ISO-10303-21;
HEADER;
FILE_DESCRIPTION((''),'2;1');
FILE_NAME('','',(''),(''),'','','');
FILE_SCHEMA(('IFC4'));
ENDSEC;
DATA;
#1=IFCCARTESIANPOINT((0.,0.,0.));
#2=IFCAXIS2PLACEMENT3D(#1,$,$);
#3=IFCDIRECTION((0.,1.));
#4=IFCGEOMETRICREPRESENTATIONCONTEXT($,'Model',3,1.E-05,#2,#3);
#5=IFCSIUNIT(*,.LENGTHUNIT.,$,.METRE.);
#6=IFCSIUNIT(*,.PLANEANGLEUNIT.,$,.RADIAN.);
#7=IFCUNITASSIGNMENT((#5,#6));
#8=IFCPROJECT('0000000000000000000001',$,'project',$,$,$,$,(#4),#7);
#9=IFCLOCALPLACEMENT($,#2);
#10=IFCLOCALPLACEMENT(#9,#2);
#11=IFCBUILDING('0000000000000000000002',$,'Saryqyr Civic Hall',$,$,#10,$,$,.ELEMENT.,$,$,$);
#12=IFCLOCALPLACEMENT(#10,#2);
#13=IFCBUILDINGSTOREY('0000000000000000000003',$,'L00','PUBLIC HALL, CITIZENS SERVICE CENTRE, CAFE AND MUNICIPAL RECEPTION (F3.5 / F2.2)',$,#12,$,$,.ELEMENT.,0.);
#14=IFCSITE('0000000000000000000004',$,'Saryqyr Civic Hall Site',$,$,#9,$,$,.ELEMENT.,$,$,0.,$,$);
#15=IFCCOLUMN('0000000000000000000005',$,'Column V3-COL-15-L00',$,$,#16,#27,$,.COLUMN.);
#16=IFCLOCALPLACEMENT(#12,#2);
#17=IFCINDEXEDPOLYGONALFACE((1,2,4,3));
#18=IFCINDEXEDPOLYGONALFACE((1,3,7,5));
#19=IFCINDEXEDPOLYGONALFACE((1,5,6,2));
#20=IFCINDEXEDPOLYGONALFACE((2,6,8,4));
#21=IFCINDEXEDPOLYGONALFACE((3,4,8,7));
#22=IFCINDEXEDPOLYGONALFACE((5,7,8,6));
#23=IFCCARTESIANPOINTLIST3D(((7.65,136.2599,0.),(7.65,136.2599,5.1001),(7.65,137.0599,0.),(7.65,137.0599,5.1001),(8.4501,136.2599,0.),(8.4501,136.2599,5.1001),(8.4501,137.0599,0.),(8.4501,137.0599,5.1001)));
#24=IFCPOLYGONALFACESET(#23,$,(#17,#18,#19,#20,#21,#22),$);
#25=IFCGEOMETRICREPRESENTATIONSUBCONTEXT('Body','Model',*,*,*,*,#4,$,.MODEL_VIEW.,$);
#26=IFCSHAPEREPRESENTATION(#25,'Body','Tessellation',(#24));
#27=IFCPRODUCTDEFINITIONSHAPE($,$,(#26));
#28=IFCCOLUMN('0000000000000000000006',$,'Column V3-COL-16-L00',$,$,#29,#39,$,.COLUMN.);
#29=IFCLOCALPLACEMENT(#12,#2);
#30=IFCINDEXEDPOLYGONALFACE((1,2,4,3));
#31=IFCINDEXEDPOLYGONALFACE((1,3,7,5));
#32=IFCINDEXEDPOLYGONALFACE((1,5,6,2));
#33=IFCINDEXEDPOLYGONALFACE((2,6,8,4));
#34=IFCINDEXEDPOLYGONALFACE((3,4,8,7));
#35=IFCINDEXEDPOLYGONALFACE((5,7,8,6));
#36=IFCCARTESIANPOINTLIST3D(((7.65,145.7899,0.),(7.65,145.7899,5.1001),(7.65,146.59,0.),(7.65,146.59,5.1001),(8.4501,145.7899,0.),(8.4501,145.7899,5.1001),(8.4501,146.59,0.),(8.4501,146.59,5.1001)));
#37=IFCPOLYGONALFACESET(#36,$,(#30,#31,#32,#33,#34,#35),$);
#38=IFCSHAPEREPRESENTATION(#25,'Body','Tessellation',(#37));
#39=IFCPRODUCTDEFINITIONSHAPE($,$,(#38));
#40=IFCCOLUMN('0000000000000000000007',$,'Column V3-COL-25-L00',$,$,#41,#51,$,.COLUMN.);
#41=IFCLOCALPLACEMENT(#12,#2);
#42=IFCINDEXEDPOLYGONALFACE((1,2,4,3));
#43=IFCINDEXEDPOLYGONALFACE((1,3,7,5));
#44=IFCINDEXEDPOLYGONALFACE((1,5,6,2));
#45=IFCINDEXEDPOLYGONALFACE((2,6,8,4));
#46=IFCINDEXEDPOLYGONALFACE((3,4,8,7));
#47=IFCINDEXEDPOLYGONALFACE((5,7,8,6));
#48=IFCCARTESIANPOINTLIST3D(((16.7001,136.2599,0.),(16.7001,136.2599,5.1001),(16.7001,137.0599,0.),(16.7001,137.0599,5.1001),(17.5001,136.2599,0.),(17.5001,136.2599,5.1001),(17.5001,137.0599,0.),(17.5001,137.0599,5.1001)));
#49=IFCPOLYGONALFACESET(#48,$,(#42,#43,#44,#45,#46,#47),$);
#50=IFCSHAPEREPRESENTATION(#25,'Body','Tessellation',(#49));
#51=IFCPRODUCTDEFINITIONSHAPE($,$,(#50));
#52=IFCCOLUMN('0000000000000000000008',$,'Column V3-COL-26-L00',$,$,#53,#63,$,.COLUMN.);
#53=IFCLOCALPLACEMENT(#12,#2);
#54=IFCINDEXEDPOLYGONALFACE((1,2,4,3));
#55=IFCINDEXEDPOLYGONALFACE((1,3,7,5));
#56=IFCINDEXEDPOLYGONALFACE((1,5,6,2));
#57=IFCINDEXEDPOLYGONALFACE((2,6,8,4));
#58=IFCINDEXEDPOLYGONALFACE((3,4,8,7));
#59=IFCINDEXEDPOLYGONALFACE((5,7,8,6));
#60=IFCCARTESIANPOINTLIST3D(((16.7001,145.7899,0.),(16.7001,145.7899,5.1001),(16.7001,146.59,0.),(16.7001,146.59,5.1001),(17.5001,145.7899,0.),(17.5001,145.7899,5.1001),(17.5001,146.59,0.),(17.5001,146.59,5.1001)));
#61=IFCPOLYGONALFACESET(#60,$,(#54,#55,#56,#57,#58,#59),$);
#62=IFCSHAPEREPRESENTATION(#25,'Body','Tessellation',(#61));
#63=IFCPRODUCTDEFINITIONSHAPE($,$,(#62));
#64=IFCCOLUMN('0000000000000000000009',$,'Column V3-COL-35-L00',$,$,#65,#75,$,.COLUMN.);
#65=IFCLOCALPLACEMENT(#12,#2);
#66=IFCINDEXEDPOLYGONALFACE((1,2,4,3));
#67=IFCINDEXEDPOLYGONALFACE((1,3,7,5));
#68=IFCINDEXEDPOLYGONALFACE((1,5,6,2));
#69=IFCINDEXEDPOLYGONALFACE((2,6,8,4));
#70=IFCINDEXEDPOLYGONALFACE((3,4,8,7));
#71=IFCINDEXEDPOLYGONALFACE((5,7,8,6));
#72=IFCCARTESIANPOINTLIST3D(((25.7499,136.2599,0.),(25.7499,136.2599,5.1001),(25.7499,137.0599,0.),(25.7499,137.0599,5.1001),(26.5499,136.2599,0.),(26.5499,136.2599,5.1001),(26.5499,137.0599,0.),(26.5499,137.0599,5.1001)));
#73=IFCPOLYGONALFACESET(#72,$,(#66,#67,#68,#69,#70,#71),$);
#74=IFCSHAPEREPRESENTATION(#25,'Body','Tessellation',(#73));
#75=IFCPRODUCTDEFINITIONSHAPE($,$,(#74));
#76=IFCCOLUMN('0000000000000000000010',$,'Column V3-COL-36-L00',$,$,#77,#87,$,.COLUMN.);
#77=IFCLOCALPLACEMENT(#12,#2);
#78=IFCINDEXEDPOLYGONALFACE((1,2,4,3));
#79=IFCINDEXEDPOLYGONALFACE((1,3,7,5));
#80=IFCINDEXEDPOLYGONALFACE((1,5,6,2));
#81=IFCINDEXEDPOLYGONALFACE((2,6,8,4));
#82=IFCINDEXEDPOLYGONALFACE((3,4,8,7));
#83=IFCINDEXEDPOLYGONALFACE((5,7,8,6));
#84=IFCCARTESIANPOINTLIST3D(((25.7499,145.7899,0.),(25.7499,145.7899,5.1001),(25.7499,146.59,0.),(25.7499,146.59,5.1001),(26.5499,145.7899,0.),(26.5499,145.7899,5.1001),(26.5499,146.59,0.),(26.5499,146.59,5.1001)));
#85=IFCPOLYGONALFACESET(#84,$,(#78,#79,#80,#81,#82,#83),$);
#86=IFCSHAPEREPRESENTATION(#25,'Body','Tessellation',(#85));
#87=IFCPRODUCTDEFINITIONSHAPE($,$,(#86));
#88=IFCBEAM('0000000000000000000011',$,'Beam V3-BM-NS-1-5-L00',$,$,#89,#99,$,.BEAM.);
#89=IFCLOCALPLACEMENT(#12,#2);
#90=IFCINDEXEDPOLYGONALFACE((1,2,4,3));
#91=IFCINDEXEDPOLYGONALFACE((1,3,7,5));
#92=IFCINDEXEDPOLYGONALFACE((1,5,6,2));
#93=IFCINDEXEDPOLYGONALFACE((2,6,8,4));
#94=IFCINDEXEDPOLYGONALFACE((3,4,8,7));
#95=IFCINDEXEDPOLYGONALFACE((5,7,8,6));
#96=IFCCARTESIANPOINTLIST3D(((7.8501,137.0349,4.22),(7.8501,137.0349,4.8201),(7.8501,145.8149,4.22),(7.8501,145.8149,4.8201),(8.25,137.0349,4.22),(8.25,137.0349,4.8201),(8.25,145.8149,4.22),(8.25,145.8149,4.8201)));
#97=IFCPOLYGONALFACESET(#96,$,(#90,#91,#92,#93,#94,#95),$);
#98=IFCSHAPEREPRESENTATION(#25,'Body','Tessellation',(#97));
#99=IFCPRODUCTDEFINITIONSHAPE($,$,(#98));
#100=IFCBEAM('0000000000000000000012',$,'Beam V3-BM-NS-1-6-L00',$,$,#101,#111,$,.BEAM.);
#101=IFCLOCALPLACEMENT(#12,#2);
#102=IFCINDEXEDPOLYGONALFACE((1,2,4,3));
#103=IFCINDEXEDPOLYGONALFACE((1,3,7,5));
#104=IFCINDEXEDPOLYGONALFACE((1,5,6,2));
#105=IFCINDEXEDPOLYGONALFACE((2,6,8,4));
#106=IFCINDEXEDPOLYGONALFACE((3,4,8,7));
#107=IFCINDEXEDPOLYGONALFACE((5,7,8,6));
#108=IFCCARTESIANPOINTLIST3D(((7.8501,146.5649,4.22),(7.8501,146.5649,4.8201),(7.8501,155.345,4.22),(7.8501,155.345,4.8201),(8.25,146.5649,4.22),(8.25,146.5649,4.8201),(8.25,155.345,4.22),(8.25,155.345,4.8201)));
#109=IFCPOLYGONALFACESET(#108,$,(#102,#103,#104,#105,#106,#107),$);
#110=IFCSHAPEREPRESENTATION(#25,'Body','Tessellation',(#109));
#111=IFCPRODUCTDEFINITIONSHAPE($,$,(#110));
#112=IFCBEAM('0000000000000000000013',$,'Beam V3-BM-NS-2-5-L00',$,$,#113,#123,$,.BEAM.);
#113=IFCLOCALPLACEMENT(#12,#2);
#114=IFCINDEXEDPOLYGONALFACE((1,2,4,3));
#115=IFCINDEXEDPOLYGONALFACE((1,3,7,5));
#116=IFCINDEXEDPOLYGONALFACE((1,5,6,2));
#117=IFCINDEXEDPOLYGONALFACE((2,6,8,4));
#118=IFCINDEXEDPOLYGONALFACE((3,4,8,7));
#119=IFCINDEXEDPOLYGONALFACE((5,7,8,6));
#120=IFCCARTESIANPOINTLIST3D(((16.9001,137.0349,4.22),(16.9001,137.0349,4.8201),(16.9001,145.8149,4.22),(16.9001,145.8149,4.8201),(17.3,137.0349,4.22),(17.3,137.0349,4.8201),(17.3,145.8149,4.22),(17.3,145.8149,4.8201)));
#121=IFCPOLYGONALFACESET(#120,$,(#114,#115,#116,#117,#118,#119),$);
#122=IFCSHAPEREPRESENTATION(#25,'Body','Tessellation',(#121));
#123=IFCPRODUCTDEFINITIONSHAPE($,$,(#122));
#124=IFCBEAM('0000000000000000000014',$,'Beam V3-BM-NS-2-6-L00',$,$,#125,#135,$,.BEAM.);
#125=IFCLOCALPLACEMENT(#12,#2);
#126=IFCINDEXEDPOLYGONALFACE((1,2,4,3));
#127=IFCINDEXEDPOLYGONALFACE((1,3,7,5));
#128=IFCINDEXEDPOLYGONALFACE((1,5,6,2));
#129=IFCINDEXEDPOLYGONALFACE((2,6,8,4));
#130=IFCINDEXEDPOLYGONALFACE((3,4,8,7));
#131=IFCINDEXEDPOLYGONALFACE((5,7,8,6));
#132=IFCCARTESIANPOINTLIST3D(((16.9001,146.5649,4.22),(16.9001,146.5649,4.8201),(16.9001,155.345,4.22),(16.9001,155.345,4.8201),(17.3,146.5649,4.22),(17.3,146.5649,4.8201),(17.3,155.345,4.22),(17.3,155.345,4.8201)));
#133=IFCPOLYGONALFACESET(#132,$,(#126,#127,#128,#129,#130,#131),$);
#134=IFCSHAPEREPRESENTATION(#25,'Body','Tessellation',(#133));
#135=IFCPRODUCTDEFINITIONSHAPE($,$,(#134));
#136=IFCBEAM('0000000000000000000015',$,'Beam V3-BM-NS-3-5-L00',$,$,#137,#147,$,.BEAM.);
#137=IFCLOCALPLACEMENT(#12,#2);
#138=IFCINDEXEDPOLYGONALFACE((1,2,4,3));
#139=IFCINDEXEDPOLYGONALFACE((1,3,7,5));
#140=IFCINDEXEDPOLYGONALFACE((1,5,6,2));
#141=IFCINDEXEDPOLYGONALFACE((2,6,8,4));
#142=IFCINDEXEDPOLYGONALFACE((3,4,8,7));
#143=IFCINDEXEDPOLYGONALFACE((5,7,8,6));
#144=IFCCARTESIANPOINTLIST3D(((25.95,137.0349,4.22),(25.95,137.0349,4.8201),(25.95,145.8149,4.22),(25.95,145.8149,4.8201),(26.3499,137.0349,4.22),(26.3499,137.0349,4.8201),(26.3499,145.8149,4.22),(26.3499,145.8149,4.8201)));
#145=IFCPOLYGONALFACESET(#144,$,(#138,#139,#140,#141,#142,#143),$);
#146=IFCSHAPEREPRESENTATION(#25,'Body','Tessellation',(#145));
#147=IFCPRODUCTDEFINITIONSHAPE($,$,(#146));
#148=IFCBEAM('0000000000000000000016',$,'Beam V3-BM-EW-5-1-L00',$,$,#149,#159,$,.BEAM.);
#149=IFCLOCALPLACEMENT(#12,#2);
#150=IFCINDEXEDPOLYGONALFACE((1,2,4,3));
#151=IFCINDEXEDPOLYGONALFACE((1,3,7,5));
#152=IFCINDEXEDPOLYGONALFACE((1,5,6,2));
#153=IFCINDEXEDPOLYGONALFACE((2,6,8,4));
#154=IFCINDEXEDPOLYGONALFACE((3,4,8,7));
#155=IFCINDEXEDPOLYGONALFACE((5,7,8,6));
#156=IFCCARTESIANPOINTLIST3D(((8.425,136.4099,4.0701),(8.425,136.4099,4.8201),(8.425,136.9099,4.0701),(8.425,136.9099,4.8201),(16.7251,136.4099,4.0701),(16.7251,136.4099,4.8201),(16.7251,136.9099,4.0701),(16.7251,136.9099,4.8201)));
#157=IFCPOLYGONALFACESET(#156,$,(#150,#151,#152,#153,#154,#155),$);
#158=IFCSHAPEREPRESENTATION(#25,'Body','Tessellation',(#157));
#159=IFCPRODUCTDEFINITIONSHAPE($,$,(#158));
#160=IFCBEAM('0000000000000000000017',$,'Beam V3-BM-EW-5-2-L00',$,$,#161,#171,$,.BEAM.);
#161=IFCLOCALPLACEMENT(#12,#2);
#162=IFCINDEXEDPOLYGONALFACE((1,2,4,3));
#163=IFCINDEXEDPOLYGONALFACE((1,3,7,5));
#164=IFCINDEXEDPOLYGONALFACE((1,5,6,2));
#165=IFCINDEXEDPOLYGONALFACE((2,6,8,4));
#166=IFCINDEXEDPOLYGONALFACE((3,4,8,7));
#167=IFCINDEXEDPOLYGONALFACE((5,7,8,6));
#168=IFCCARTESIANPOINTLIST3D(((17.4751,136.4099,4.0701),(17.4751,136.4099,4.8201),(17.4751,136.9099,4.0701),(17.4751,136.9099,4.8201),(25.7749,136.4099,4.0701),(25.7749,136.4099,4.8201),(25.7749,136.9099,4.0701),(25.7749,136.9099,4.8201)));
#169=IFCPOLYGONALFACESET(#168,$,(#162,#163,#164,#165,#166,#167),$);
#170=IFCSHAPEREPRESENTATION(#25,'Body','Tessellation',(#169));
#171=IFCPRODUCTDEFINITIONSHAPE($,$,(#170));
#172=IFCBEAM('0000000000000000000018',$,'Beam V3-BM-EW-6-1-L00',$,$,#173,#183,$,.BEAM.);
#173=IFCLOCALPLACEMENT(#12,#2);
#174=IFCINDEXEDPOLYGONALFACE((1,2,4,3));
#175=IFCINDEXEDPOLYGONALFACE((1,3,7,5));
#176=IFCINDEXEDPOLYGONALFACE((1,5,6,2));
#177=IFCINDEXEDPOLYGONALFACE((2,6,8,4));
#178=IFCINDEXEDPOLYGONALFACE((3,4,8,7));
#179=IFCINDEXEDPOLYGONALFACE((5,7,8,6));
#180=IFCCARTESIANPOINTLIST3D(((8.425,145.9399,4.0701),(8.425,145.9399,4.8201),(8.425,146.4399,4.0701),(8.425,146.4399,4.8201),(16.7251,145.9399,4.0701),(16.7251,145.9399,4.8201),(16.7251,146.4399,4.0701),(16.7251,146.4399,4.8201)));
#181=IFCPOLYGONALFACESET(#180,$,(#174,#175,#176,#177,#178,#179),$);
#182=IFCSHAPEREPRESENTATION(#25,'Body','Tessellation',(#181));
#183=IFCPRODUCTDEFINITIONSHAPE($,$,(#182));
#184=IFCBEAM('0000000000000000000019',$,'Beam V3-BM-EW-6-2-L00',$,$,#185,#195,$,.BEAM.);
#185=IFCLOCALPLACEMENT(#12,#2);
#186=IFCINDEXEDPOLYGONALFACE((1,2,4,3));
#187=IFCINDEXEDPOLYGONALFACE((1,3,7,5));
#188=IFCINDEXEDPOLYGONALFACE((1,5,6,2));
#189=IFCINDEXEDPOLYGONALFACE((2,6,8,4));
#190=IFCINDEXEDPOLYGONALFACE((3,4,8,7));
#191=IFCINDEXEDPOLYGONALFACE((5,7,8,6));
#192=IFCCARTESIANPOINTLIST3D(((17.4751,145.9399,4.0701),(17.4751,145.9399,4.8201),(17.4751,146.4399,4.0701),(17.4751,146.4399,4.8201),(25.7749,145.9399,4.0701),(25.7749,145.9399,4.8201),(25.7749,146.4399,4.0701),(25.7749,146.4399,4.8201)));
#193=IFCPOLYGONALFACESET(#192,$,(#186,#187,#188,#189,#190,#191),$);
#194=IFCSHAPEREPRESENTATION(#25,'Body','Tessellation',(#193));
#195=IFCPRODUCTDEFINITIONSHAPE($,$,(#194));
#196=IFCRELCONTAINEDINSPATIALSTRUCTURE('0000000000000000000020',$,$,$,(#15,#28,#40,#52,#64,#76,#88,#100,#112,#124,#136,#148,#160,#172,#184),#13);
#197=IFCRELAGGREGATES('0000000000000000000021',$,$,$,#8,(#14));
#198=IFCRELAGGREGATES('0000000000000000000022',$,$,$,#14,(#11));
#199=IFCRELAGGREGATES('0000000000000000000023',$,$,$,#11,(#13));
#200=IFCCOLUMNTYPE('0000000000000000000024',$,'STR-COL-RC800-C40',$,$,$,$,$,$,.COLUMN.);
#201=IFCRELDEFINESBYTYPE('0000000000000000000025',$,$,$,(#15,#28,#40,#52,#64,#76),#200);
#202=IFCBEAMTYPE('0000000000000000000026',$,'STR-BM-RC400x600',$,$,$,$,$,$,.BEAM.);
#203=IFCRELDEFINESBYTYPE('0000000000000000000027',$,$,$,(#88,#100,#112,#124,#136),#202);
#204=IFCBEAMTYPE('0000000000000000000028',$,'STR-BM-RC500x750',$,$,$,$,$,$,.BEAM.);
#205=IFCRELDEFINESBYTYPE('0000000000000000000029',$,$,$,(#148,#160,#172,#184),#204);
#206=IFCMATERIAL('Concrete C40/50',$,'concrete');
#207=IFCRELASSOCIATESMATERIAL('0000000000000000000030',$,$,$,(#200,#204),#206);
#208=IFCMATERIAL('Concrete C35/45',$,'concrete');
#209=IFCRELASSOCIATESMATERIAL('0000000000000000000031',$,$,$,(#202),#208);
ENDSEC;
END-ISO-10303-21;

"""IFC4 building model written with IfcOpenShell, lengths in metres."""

from ifc_helpers import new_model, si_unit, direction, frame, origin, origin_2d, place, context, subcontext, project, spatial, rectangle, extrude, material, material_profile, profile_set, type_object, element, save


model = new_model("IFC4")

# Units and contexts
model_context = context("Model", 3, precision=1e-05, world=origin(), true_north=direction((0.0, 1.0)))
body_context = subcontext(model_context, "Body", "Model", "MODEL_VIEW")
ifc_project = project(units=[si_unit("LENGTHUNIT", "METRE"), si_unit("PLANEANGLEUNIT", "RADIAN")], contexts=[model_context])

# Site, building, storey
site_placement = place(None, origin())
site = spatial("IfcSite", under=ifc_project, at=site_placement, Name="Saryqyr Civic Hall Site", CompositionType="ELEMENT", RefElevation=0.0)
building_placement = place(site_placement, origin())
building = spatial("IfcBuilding", under=site, at=building_placement, Name="Saryqyr Civic Hall", CompositionType="ELEMENT")
storey_placement = place(building_placement, origin())
storey = spatial("IfcBuildingStorey", under=building, at=storey_placement, Name="L00", Description="PUBLIC HALL, CITIZENS SERVICE CENTRE, CAFE AND MUNICIPAL RECEPTION (F3.5 / F2.2)", CompositionType="ELEMENT", Elevation=0.0)

# Columns
ifc_material_1 = material(Name="Concrete C40/50", Category="concrete")
ifc_material_profile_1 = material_profile(ifc_material_1, rectangle(XDim=0.8, YDim=0.8, at=origin_2d()), Name="RC 800x800")
ifc_profile_set_1 = profile_set([ifc_material_profile_1], Name="Concrete C40/50")
column_type = type_object("IfcColumnType", Name="STR-COL-RC800-C40", PredefinedType="COLUMN", material=ifc_profile_set_1)
for number, where, z_axis, x_axis, name in (
    (1, (8.05, 136.6599, 0.0), (0.0, 0.0, 1.0), (1.0, 0.0, 0.0), "Column V3-COL-15-L00"),
    (2, (8.05, 146.1899, 0.0), (0.0, 0.0, 1.0), (1.0, 0.0, 0.0), "Column V3-COL-16-L00"),
    (3, (17.1001, 136.6599, 0.0), (0.0, 0.0, 1.0), (1.0, 0.0, 0.0), "Column V3-COL-25-L00"),
    (4, (17.1001, 146.1899, 0.0), (0.0, 0.0, 1.0), (1.0, 0.0, 0.0), "Column V3-COL-26-L00"),
    (5, (26.1499, 136.6599, 0.0), (0.0, 0.0, 1.0), (1.0, 0.0, 0.0), "Column V3-COL-35-L00"),
    (6, (26.1499, 146.1899, 0.0), (0.0, 0.0, 1.0), (1.0, 0.0, 0.0), "Column V3-COL-36-L00"),
):
    element("IfcColumn", number, at=place(storey_placement, frame(where, z_axis=z_axis, x_axis=x_axis)), inside=storey, type_object=column_type, Name=name, PredefinedType="COLUMN", context=body_context, shape_type="SweptSolid", body=[
        extrude(rectangle(XDim=0.8, YDim=0.8, at=origin_2d()), origin(), (0.0, 0.0, 1.0), 5.1001),
    ])

# Beams
ifc_material_2 = material(Name="Concrete C35/45", Category="concrete")
ifc_material_profile_2 = material_profile(ifc_material_2, rectangle(XDim=0.3999, YDim=0.6001, at=origin_2d()), Name="RC 400x600")
ifc_profile_set_2 = profile_set([ifc_material_profile_2], Name="Concrete C35/45")
beam_type_1 = type_object("IfcBeamType", Name="STR-BM-RC400x600", PredefinedType="BEAM", material=ifc_profile_set_2)
for number, where, z_axis, x_axis, name in (
    (7, (8.05, 137.0349, 4.52), (0.0, 1.0, 0.0), (-1.0, 0.0, 0.0), "Beam V3-BM-NS-1-5-L00"),
    (8, (8.05, 146.5649, 4.52), (0.0, 1.0, 0.0), (-1.0, 0.0, 0.0), "Beam V3-BM-NS-1-6-L00"),
    (9, (17.1001, 137.0349, 4.52), (0.0, 1.0, 0.0), (-1.0, 0.0, 0.0), "Beam V3-BM-NS-2-5-L00"),
    (10, (17.1001, 146.5649, 4.52), (0.0, 1.0, 0.0), (-1.0, 0.0, 0.0), "Beam V3-BM-NS-2-6-L00"),
    (11, (26.1499, 137.0349, 4.52), (0.0, 1.0, 0.0), (-1.0, 0.0, 0.0), "Beam V3-BM-NS-3-5-L00"),
):
    element("IfcBeam", number, at=place(storey_placement, frame(where, z_axis=z_axis, x_axis=x_axis)), inside=storey, type_object=beam_type_1, Name=name, PredefinedType="BEAM", context=body_context, shape_type="SweptSolid", body=[
        extrude(rectangle(XDim=0.3999, YDim=0.6001, at=origin_2d()), origin(), (0.0, 0.0, 1.0), 8.78),
    ])
ifc_material_profile_3 = material_profile(ifc_material_1, rectangle(XDim=0.5, YDim=0.75, at=origin_2d()), Name="RC 500x750")
ifc_profile_set_3 = profile_set([ifc_material_profile_3], Name="Concrete C40/50")
beam_type_2 = type_object("IfcBeamType", Name="STR-BM-RC500x750", PredefinedType="BEAM", material=ifc_profile_set_3)
beam_1_placement = place(storey_placement, frame((8.425, 136.6599, 4.4451), z_axis=(1.0, 0.0, 0.0), x_axis=(0.0, 1.0, 0.0)))
element("IfcBeam", 12, at=beam_1_placement, inside=storey, type_object=beam_type_2, Name="Beam V3-BM-EW-5-1-L00", PredefinedType="BEAM", context=body_context, shape_type="SweptSolid", body=[
    extrude(rectangle(XDim=0.5, YDim=0.75, at=origin_2d()), origin(), (0.0, 0.0, 1.0), 8.3),
])
beam_2_placement = place(storey_placement, frame((17.4751, 136.6599, 4.4451), z_axis=(1.0, 0.0, 0.0), x_axis=(0.0, 1.0, 0.0)))
element("IfcBeam", 13, at=beam_2_placement, inside=storey, type_object=beam_type_2, Name="Beam V3-BM-EW-5-2-L00", PredefinedType="BEAM", context=body_context, shape_type="SweptSolid", body=[
    extrude(rectangle(XDim=0.5, YDim=0.75, at=origin_2d()), origin(), (0.0, 0.0, 1.0), 8.2998),
])
beam_3_placement = place(storey_placement, frame((8.425, 146.1899, 4.4451), z_axis=(1.0, 0.0, 0.0), x_axis=(0.0, 1.0, 0.0)))
element("IfcBeam", 14, at=beam_3_placement, inside=storey, type_object=beam_type_2, Name="Beam V3-BM-EW-6-1-L00", PredefinedType="BEAM", context=body_context, shape_type="SweptSolid", body=[
    extrude(rectangle(XDim=0.5, YDim=0.75, at=origin_2d()), origin(), (0.0, 0.0, 1.0), 8.3),
])
beam_4_placement = place(storey_placement, frame((17.4751, 146.1899, 4.4451), z_axis=(1.0, 0.0, 0.0), x_axis=(0.0, 1.0, 0.0)))
element("IfcBeam", 15, at=beam_4_placement, inside=storey, type_object=beam_type_2, Name="Beam V3-BM-EW-6-2-L00", PredefinedType="BEAM", context=body_context, shape_type="SweptSolid", body=[
    extrude(rectangle(XDim=0.5, YDim=0.75, at=origin_2d()), origin(), (0.0, 0.0, 1.0), 8.2998),
])

save(model, "model.ifc")
